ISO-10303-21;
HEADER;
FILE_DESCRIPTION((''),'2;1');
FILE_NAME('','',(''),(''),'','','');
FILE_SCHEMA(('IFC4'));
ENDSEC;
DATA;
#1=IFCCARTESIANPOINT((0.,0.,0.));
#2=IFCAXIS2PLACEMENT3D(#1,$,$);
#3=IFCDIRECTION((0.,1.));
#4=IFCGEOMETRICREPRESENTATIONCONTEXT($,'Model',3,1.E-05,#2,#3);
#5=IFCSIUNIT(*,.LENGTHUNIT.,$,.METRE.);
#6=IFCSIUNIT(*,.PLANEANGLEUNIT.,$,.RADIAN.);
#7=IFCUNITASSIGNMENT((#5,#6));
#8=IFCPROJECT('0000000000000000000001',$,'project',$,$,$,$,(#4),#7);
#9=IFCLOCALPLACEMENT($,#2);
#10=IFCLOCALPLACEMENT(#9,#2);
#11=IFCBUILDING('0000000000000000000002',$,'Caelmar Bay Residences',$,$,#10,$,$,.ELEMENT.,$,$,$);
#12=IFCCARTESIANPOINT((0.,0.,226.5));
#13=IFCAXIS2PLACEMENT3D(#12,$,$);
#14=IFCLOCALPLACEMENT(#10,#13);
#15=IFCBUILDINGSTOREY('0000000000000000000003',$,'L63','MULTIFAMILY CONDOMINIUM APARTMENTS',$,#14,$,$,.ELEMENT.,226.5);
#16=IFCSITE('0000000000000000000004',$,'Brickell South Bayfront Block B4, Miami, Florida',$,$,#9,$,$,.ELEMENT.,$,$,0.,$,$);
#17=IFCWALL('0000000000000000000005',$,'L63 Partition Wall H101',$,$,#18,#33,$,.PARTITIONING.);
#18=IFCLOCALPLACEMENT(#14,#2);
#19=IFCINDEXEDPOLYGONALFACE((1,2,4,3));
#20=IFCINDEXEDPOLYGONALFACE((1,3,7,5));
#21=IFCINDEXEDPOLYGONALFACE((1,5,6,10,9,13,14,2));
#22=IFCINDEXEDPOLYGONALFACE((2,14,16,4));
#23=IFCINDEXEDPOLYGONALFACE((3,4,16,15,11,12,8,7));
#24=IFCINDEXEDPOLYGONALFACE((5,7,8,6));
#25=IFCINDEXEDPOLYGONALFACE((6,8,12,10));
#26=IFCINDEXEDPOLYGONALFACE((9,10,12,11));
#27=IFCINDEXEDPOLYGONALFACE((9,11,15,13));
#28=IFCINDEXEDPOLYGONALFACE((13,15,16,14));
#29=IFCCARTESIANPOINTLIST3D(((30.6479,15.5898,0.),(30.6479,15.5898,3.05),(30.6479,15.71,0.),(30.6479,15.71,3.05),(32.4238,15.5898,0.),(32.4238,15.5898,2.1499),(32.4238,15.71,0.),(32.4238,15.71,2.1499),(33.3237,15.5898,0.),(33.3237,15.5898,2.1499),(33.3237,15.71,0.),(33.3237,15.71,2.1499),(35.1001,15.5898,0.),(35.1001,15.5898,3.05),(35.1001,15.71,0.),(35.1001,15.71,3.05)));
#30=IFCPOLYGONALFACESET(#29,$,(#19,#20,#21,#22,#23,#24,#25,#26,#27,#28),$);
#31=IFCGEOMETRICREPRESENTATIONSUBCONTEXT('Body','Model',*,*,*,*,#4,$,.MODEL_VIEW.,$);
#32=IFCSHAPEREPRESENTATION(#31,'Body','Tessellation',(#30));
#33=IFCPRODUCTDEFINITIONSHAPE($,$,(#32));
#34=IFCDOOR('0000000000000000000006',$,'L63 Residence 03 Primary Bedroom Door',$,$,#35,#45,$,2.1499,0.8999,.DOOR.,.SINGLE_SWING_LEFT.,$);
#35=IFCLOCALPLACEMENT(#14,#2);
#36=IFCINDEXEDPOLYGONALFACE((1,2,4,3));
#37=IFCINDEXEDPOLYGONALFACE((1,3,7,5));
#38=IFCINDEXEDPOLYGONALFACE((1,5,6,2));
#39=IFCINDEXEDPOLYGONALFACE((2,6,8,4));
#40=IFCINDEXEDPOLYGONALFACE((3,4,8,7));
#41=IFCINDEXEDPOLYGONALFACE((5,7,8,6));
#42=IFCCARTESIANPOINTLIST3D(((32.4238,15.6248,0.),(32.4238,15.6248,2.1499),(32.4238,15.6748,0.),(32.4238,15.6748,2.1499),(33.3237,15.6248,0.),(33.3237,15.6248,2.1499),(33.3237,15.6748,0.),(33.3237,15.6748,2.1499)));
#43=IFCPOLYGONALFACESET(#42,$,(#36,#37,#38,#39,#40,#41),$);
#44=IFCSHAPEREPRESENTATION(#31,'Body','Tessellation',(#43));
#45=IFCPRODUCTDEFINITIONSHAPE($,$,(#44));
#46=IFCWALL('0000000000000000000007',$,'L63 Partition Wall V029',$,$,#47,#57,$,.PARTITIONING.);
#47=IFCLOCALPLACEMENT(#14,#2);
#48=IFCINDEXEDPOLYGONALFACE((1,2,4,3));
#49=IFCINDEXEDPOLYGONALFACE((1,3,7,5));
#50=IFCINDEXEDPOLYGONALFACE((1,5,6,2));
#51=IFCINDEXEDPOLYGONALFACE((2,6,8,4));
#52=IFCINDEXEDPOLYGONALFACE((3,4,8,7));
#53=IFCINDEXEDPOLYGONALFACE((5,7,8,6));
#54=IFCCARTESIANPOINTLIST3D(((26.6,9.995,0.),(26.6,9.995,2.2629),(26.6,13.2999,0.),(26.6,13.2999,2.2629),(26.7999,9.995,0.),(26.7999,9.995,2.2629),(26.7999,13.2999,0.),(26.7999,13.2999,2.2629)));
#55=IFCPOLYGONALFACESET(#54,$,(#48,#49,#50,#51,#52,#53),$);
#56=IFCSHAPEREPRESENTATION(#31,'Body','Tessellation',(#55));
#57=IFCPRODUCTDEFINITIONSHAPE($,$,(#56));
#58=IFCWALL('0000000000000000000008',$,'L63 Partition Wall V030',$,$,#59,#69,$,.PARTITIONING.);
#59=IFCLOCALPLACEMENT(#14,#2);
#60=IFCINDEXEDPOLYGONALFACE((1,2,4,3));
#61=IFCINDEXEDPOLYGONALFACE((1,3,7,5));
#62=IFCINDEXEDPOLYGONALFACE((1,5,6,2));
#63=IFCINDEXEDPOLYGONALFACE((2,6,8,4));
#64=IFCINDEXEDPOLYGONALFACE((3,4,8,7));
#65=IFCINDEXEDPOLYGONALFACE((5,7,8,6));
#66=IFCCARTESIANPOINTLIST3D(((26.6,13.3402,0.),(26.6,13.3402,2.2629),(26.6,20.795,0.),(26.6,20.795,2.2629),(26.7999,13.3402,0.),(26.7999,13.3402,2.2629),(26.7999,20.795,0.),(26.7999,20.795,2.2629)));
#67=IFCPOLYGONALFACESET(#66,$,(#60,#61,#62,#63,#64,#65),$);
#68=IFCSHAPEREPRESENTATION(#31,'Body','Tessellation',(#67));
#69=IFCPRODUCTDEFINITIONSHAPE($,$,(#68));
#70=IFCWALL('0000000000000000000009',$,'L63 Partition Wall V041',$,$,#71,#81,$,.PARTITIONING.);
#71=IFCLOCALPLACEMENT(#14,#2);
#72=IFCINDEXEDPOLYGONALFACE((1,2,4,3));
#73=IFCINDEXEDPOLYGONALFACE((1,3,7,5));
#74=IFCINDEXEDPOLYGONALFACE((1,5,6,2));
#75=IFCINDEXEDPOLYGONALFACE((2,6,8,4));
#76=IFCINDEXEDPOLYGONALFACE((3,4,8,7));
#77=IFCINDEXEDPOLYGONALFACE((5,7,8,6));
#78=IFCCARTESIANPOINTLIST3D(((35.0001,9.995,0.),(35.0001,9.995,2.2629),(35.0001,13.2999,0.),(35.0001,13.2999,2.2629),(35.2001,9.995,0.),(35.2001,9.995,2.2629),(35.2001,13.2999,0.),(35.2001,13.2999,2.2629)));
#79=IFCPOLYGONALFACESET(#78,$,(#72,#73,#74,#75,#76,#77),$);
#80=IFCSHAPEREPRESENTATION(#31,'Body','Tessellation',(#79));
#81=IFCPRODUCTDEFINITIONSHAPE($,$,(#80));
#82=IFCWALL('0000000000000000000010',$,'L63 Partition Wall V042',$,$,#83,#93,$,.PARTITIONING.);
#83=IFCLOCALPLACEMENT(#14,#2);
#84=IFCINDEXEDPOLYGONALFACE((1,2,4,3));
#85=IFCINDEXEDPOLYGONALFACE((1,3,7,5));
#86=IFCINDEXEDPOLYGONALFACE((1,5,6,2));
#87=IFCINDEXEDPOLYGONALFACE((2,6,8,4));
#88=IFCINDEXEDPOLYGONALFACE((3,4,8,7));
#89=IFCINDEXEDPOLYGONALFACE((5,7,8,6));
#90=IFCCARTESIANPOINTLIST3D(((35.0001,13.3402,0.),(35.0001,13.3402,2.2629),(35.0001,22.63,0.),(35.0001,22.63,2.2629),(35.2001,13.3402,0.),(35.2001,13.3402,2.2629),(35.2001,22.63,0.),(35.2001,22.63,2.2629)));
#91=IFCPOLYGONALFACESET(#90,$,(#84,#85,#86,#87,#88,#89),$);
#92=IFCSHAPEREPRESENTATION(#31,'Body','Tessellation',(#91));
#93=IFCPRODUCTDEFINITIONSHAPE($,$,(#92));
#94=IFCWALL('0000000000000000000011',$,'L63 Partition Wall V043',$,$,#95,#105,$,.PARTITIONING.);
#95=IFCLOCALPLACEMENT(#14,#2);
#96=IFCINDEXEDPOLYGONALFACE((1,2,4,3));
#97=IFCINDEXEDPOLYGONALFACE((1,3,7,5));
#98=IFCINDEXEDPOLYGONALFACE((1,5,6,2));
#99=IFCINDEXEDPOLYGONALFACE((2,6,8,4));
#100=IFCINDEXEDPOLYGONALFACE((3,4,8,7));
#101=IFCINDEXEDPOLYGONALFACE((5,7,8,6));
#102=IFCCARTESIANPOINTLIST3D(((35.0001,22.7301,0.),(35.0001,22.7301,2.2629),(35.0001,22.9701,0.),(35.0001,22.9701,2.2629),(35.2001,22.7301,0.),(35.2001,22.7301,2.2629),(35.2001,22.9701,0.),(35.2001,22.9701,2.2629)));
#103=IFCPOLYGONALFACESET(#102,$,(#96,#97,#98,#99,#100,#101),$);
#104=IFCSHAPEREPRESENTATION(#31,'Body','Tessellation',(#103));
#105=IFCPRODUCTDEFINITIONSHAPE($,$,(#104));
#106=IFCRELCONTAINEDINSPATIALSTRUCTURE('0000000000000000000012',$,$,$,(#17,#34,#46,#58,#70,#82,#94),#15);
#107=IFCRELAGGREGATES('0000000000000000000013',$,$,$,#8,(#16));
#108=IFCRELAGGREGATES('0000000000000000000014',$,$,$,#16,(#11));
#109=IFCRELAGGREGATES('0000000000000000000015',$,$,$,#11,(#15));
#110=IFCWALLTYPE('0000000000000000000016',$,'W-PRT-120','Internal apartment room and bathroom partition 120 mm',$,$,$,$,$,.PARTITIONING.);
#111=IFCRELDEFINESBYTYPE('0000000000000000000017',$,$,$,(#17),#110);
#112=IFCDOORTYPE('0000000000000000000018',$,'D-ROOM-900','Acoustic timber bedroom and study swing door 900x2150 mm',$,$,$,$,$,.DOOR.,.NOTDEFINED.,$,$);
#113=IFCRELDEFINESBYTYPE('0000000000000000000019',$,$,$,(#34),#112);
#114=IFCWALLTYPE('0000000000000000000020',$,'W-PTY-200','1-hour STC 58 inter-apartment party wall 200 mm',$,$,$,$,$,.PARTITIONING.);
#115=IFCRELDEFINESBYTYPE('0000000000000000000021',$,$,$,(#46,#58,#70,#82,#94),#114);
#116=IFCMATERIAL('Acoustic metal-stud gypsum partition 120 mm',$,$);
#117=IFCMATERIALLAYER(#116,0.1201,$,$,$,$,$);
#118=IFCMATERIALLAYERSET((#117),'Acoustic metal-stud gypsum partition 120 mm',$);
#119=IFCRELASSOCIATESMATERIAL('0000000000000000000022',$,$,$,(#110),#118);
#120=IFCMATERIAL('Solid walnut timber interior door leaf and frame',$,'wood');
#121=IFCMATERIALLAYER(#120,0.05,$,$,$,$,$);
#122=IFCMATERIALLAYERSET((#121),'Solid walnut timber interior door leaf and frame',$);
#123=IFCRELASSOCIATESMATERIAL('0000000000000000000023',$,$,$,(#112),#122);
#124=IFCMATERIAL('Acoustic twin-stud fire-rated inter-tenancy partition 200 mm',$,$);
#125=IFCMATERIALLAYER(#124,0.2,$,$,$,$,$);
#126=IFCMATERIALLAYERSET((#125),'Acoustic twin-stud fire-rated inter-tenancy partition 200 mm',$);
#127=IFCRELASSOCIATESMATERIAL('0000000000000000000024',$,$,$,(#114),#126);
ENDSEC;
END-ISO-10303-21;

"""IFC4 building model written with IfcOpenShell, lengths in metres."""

from ifc_helpers import new_model, si_unit, direction, frame, frame_2d, origin, place, context, subcontext, project, spatial, rectangle, extrude, material, layer, layer_set, type_object, element, fill, save


model = new_model("IFC4")

# Units and contexts
model_context = context("Model", 3, precision=1e-05, world=origin(), true_north=direction((0.0, 1.0)))
body_context = subcontext(model_context, "Body", "Model", "MODEL_VIEW")
ifc_project = project(units=[si_unit("LENGTHUNIT", "METRE"), si_unit("PLANEANGLEUNIT", "RADIAN")], contexts=[model_context])

# Site, building, storey
site_placement = place(None, origin())
site = spatial("IfcSite", under=ifc_project, at=site_placement, Name="Brickell South Bayfront Block B4, Miami, Florida", CompositionType="ELEMENT", RefElevation=0.0)
building_placement = place(site_placement, origin())
building = spatial("IfcBuilding", under=site, at=building_placement, Name="Caelmar Bay Residences", CompositionType="ELEMENT")
storey_placement = place(building_placement, frame((0.0, 0.0, 226.5)))
storey = spatial("IfcBuildingStorey", under=building, at=storey_placement, Name="L63", Description="MULTIFAMILY CONDOMINIUM APARTMENTS", CompositionType="ELEMENT", Elevation=226.5)

# Shared definitions
ifc_material_1 = material(Name="Acoustic metal-stud gypsum partition 120 mm")
ifc_layer_1 = layer(ifc_material_1, 0.1201)
ifc_layer_set_1 = layer_set([ifc_layer_1], Name="Acoustic metal-stud gypsum partition 120 mm")
wall_type_1 = type_object("IfcWallType", Name="W-PRT-120", Description="Internal apartment room and bathroom partition 120 mm", PredefinedType="PARTITIONING", material=ifc_layer_set_1)

# Wall, opening, door
wall_1_placement = place(storey_placement, frame((30.6479, 15.6499, 0.0), z_axis=(0.0, 0.0, 1.0), x_axis=(1.0, 0.0, 0.0)))
wall_1 = element("IfcWall", 1, at=wall_1_placement, inside=storey, type_object=wall_type_1, Name="L63 Partition Wall H101", PredefinedType="PARTITIONING", context=body_context, shape_type="SweptSolid", body=[
    extrude(rectangle(XDim=4.4521, YDim=0.1201, at=frame_2d((2.2261, 0.0))), origin(), (0.0, 0.0, 1.0), 3.05),
])
opening_placement = place(wall_1_placement, frame((1.7759, 0.0, 0.0)))
opening = element("IfcOpeningElement", 2, at=opening_placement, cuts=wall_1, PredefinedType="OPENING", context=body_context, shape_type="SweptSolid", body=[
    extrude(rectangle(XDim=0.8999, YDim=2.1499, at=frame_2d((0.45, 1.075))), frame((0.0, 0.0701, 0.0), z_axis=(0.0, -1.0, 0.0), x_axis=(1.0, 0.0, 0.0)), (0.0, 0.0, 1.0), 0.1401),
])
ifc_material_2 = material(Name="Solid walnut timber interior door leaf and frame", Category="wood")
ifc_layer_2 = layer(ifc_material_2, 0.05)
ifc_layer_set_2 = layer_set([ifc_layer_2], Name="Solid walnut timber interior door leaf and frame")
door_type = type_object("IfcDoorType", Name="D-ROOM-900", Description="Acoustic timber bedroom and study swing door 900x2150 mm", OperationType="NOTDEFINED", PredefinedType="DOOR", material=ifc_layer_set_2)
door_placement = place(opening_placement, origin())
door = element("IfcDoor", 3, at=door_placement, inside=storey, type_object=door_type, Name="L63 Residence 03 Primary Bedroom Door", OperationType="SINGLE_SWING_LEFT", OverallHeight=2.1499, OverallWidth=0.8999, PredefinedType="DOOR", context=body_context, shape_type="SweptSolid", body=[
    extrude(rectangle(XDim=0.8999, YDim=2.1499, at=frame_2d((0.45, 1.075))), frame((0.0, 0.0249, 0.0), z_axis=(0.0, -1.0, 0.0), x_axis=(1.0, 0.0, 0.0)), (0.0, 0.0, 1.0), 0.05),
])
fill(opening, door)

# Walls
ifc_material_3 = material(Name="Acoustic twin-stud fire-rated inter-tenancy partition 200 mm")
ifc_layer_3 = layer(ifc_material_3, 0.2)
ifc_layer_set_3 = layer_set([ifc_layer_3], Name="Acoustic twin-stud fire-rated inter-tenancy partition 200 mm")
wall_type_2 = type_object("IfcWallType", Name="W-PTY-200", Description="1-hour STC 58 inter-apartment party wall 200 mm", PredefinedType="PARTITIONING", material=ifc_layer_set_3)
wall_2_placement = place(storey_placement, frame((26.7, 9.9951, 0.0), z_axis=(0.0, 0.0, 1.0), x_axis=(0.0, 1.0, 0.0)))
element("IfcWall", 4, at=wall_2_placement, inside=storey, type_object=wall_type_2, Name="L63 Partition Wall V029", PredefinedType="PARTITIONING", context=body_context, shape_type="SweptSolid", body=[
    extrude(rectangle(XDim=3.3049, YDim=0.2, at=frame_2d((1.6523, 0.0))), origin(), (0.0, 0.0, 1.0), 2.2629),
])
wall_3_placement = place(storey_placement, frame((26.7, 13.3401, 0.0), z_axis=(0.0, 0.0, 1.0), x_axis=(0.0, 1.0, 0.0)))
element("IfcWall", 5, at=wall_3_placement, inside=storey, type_object=wall_type_2, Name="L63 Partition Wall V030", PredefinedType="PARTITIONING", context=body_context, shape_type="SweptSolid", body=[
    extrude(rectangle(XDim=7.4548, YDim=0.2, at=frame_2d((3.7275, 0.0))), origin(), (0.0, 0.0, 1.0), 2.2629),
])
wall_4_placement = place(storey_placement, frame((35.1001, 9.9951, 0.0), z_axis=(0.0, 0.0, 1.0), x_axis=(0.0, 1.0, 0.0)))
element("IfcWall", 6, at=wall_4_placement, inside=storey, type_object=wall_type_2, Name="L63 Partition Wall V041", PredefinedType="PARTITIONING", context=body_context, shape_type="SweptSolid", body=[
    extrude(rectangle(XDim=3.3049, YDim=0.2, at=frame_2d((1.6523, 0.0))), origin(), (0.0, 0.0, 1.0), 2.2629),
])
wall_5_placement = place(storey_placement, frame((35.1001, 13.3401, 0.0), z_axis=(0.0, 0.0, 1.0), x_axis=(0.0, 1.0, 0.0)))
element("IfcWall", 7, at=wall_5_placement, inside=storey, type_object=wall_type_2, Name="L63 Partition Wall V042", PredefinedType="PARTITIONING", context=body_context, shape_type="SweptSolid", body=[
    extrude(rectangle(XDim=9.2898, YDim=0.2, at=frame_2d((4.645, 0.0))), origin(), (0.0, 0.0, 1.0), 2.2629),
])
wall_6_placement = place(storey_placement, frame((35.1001, 22.73, 0.0), z_axis=(0.0, 0.0, 1.0), x_axis=(0.0, 1.0, 0.0)))
element("IfcWall", 8, at=wall_6_placement, inside=storey, type_object=wall_type_2, Name="L63 Partition Wall V043", PredefinedType="PARTITIONING", context=body_context, shape_type="SweptSolid", body=[
    extrude(rectangle(XDim=0.24, YDim=0.2, at=frame_2d((0.1201, 0.0))), origin(), (0.0, 0.0, 1.0), 2.2629),
])

save(model, "model.ifc")
